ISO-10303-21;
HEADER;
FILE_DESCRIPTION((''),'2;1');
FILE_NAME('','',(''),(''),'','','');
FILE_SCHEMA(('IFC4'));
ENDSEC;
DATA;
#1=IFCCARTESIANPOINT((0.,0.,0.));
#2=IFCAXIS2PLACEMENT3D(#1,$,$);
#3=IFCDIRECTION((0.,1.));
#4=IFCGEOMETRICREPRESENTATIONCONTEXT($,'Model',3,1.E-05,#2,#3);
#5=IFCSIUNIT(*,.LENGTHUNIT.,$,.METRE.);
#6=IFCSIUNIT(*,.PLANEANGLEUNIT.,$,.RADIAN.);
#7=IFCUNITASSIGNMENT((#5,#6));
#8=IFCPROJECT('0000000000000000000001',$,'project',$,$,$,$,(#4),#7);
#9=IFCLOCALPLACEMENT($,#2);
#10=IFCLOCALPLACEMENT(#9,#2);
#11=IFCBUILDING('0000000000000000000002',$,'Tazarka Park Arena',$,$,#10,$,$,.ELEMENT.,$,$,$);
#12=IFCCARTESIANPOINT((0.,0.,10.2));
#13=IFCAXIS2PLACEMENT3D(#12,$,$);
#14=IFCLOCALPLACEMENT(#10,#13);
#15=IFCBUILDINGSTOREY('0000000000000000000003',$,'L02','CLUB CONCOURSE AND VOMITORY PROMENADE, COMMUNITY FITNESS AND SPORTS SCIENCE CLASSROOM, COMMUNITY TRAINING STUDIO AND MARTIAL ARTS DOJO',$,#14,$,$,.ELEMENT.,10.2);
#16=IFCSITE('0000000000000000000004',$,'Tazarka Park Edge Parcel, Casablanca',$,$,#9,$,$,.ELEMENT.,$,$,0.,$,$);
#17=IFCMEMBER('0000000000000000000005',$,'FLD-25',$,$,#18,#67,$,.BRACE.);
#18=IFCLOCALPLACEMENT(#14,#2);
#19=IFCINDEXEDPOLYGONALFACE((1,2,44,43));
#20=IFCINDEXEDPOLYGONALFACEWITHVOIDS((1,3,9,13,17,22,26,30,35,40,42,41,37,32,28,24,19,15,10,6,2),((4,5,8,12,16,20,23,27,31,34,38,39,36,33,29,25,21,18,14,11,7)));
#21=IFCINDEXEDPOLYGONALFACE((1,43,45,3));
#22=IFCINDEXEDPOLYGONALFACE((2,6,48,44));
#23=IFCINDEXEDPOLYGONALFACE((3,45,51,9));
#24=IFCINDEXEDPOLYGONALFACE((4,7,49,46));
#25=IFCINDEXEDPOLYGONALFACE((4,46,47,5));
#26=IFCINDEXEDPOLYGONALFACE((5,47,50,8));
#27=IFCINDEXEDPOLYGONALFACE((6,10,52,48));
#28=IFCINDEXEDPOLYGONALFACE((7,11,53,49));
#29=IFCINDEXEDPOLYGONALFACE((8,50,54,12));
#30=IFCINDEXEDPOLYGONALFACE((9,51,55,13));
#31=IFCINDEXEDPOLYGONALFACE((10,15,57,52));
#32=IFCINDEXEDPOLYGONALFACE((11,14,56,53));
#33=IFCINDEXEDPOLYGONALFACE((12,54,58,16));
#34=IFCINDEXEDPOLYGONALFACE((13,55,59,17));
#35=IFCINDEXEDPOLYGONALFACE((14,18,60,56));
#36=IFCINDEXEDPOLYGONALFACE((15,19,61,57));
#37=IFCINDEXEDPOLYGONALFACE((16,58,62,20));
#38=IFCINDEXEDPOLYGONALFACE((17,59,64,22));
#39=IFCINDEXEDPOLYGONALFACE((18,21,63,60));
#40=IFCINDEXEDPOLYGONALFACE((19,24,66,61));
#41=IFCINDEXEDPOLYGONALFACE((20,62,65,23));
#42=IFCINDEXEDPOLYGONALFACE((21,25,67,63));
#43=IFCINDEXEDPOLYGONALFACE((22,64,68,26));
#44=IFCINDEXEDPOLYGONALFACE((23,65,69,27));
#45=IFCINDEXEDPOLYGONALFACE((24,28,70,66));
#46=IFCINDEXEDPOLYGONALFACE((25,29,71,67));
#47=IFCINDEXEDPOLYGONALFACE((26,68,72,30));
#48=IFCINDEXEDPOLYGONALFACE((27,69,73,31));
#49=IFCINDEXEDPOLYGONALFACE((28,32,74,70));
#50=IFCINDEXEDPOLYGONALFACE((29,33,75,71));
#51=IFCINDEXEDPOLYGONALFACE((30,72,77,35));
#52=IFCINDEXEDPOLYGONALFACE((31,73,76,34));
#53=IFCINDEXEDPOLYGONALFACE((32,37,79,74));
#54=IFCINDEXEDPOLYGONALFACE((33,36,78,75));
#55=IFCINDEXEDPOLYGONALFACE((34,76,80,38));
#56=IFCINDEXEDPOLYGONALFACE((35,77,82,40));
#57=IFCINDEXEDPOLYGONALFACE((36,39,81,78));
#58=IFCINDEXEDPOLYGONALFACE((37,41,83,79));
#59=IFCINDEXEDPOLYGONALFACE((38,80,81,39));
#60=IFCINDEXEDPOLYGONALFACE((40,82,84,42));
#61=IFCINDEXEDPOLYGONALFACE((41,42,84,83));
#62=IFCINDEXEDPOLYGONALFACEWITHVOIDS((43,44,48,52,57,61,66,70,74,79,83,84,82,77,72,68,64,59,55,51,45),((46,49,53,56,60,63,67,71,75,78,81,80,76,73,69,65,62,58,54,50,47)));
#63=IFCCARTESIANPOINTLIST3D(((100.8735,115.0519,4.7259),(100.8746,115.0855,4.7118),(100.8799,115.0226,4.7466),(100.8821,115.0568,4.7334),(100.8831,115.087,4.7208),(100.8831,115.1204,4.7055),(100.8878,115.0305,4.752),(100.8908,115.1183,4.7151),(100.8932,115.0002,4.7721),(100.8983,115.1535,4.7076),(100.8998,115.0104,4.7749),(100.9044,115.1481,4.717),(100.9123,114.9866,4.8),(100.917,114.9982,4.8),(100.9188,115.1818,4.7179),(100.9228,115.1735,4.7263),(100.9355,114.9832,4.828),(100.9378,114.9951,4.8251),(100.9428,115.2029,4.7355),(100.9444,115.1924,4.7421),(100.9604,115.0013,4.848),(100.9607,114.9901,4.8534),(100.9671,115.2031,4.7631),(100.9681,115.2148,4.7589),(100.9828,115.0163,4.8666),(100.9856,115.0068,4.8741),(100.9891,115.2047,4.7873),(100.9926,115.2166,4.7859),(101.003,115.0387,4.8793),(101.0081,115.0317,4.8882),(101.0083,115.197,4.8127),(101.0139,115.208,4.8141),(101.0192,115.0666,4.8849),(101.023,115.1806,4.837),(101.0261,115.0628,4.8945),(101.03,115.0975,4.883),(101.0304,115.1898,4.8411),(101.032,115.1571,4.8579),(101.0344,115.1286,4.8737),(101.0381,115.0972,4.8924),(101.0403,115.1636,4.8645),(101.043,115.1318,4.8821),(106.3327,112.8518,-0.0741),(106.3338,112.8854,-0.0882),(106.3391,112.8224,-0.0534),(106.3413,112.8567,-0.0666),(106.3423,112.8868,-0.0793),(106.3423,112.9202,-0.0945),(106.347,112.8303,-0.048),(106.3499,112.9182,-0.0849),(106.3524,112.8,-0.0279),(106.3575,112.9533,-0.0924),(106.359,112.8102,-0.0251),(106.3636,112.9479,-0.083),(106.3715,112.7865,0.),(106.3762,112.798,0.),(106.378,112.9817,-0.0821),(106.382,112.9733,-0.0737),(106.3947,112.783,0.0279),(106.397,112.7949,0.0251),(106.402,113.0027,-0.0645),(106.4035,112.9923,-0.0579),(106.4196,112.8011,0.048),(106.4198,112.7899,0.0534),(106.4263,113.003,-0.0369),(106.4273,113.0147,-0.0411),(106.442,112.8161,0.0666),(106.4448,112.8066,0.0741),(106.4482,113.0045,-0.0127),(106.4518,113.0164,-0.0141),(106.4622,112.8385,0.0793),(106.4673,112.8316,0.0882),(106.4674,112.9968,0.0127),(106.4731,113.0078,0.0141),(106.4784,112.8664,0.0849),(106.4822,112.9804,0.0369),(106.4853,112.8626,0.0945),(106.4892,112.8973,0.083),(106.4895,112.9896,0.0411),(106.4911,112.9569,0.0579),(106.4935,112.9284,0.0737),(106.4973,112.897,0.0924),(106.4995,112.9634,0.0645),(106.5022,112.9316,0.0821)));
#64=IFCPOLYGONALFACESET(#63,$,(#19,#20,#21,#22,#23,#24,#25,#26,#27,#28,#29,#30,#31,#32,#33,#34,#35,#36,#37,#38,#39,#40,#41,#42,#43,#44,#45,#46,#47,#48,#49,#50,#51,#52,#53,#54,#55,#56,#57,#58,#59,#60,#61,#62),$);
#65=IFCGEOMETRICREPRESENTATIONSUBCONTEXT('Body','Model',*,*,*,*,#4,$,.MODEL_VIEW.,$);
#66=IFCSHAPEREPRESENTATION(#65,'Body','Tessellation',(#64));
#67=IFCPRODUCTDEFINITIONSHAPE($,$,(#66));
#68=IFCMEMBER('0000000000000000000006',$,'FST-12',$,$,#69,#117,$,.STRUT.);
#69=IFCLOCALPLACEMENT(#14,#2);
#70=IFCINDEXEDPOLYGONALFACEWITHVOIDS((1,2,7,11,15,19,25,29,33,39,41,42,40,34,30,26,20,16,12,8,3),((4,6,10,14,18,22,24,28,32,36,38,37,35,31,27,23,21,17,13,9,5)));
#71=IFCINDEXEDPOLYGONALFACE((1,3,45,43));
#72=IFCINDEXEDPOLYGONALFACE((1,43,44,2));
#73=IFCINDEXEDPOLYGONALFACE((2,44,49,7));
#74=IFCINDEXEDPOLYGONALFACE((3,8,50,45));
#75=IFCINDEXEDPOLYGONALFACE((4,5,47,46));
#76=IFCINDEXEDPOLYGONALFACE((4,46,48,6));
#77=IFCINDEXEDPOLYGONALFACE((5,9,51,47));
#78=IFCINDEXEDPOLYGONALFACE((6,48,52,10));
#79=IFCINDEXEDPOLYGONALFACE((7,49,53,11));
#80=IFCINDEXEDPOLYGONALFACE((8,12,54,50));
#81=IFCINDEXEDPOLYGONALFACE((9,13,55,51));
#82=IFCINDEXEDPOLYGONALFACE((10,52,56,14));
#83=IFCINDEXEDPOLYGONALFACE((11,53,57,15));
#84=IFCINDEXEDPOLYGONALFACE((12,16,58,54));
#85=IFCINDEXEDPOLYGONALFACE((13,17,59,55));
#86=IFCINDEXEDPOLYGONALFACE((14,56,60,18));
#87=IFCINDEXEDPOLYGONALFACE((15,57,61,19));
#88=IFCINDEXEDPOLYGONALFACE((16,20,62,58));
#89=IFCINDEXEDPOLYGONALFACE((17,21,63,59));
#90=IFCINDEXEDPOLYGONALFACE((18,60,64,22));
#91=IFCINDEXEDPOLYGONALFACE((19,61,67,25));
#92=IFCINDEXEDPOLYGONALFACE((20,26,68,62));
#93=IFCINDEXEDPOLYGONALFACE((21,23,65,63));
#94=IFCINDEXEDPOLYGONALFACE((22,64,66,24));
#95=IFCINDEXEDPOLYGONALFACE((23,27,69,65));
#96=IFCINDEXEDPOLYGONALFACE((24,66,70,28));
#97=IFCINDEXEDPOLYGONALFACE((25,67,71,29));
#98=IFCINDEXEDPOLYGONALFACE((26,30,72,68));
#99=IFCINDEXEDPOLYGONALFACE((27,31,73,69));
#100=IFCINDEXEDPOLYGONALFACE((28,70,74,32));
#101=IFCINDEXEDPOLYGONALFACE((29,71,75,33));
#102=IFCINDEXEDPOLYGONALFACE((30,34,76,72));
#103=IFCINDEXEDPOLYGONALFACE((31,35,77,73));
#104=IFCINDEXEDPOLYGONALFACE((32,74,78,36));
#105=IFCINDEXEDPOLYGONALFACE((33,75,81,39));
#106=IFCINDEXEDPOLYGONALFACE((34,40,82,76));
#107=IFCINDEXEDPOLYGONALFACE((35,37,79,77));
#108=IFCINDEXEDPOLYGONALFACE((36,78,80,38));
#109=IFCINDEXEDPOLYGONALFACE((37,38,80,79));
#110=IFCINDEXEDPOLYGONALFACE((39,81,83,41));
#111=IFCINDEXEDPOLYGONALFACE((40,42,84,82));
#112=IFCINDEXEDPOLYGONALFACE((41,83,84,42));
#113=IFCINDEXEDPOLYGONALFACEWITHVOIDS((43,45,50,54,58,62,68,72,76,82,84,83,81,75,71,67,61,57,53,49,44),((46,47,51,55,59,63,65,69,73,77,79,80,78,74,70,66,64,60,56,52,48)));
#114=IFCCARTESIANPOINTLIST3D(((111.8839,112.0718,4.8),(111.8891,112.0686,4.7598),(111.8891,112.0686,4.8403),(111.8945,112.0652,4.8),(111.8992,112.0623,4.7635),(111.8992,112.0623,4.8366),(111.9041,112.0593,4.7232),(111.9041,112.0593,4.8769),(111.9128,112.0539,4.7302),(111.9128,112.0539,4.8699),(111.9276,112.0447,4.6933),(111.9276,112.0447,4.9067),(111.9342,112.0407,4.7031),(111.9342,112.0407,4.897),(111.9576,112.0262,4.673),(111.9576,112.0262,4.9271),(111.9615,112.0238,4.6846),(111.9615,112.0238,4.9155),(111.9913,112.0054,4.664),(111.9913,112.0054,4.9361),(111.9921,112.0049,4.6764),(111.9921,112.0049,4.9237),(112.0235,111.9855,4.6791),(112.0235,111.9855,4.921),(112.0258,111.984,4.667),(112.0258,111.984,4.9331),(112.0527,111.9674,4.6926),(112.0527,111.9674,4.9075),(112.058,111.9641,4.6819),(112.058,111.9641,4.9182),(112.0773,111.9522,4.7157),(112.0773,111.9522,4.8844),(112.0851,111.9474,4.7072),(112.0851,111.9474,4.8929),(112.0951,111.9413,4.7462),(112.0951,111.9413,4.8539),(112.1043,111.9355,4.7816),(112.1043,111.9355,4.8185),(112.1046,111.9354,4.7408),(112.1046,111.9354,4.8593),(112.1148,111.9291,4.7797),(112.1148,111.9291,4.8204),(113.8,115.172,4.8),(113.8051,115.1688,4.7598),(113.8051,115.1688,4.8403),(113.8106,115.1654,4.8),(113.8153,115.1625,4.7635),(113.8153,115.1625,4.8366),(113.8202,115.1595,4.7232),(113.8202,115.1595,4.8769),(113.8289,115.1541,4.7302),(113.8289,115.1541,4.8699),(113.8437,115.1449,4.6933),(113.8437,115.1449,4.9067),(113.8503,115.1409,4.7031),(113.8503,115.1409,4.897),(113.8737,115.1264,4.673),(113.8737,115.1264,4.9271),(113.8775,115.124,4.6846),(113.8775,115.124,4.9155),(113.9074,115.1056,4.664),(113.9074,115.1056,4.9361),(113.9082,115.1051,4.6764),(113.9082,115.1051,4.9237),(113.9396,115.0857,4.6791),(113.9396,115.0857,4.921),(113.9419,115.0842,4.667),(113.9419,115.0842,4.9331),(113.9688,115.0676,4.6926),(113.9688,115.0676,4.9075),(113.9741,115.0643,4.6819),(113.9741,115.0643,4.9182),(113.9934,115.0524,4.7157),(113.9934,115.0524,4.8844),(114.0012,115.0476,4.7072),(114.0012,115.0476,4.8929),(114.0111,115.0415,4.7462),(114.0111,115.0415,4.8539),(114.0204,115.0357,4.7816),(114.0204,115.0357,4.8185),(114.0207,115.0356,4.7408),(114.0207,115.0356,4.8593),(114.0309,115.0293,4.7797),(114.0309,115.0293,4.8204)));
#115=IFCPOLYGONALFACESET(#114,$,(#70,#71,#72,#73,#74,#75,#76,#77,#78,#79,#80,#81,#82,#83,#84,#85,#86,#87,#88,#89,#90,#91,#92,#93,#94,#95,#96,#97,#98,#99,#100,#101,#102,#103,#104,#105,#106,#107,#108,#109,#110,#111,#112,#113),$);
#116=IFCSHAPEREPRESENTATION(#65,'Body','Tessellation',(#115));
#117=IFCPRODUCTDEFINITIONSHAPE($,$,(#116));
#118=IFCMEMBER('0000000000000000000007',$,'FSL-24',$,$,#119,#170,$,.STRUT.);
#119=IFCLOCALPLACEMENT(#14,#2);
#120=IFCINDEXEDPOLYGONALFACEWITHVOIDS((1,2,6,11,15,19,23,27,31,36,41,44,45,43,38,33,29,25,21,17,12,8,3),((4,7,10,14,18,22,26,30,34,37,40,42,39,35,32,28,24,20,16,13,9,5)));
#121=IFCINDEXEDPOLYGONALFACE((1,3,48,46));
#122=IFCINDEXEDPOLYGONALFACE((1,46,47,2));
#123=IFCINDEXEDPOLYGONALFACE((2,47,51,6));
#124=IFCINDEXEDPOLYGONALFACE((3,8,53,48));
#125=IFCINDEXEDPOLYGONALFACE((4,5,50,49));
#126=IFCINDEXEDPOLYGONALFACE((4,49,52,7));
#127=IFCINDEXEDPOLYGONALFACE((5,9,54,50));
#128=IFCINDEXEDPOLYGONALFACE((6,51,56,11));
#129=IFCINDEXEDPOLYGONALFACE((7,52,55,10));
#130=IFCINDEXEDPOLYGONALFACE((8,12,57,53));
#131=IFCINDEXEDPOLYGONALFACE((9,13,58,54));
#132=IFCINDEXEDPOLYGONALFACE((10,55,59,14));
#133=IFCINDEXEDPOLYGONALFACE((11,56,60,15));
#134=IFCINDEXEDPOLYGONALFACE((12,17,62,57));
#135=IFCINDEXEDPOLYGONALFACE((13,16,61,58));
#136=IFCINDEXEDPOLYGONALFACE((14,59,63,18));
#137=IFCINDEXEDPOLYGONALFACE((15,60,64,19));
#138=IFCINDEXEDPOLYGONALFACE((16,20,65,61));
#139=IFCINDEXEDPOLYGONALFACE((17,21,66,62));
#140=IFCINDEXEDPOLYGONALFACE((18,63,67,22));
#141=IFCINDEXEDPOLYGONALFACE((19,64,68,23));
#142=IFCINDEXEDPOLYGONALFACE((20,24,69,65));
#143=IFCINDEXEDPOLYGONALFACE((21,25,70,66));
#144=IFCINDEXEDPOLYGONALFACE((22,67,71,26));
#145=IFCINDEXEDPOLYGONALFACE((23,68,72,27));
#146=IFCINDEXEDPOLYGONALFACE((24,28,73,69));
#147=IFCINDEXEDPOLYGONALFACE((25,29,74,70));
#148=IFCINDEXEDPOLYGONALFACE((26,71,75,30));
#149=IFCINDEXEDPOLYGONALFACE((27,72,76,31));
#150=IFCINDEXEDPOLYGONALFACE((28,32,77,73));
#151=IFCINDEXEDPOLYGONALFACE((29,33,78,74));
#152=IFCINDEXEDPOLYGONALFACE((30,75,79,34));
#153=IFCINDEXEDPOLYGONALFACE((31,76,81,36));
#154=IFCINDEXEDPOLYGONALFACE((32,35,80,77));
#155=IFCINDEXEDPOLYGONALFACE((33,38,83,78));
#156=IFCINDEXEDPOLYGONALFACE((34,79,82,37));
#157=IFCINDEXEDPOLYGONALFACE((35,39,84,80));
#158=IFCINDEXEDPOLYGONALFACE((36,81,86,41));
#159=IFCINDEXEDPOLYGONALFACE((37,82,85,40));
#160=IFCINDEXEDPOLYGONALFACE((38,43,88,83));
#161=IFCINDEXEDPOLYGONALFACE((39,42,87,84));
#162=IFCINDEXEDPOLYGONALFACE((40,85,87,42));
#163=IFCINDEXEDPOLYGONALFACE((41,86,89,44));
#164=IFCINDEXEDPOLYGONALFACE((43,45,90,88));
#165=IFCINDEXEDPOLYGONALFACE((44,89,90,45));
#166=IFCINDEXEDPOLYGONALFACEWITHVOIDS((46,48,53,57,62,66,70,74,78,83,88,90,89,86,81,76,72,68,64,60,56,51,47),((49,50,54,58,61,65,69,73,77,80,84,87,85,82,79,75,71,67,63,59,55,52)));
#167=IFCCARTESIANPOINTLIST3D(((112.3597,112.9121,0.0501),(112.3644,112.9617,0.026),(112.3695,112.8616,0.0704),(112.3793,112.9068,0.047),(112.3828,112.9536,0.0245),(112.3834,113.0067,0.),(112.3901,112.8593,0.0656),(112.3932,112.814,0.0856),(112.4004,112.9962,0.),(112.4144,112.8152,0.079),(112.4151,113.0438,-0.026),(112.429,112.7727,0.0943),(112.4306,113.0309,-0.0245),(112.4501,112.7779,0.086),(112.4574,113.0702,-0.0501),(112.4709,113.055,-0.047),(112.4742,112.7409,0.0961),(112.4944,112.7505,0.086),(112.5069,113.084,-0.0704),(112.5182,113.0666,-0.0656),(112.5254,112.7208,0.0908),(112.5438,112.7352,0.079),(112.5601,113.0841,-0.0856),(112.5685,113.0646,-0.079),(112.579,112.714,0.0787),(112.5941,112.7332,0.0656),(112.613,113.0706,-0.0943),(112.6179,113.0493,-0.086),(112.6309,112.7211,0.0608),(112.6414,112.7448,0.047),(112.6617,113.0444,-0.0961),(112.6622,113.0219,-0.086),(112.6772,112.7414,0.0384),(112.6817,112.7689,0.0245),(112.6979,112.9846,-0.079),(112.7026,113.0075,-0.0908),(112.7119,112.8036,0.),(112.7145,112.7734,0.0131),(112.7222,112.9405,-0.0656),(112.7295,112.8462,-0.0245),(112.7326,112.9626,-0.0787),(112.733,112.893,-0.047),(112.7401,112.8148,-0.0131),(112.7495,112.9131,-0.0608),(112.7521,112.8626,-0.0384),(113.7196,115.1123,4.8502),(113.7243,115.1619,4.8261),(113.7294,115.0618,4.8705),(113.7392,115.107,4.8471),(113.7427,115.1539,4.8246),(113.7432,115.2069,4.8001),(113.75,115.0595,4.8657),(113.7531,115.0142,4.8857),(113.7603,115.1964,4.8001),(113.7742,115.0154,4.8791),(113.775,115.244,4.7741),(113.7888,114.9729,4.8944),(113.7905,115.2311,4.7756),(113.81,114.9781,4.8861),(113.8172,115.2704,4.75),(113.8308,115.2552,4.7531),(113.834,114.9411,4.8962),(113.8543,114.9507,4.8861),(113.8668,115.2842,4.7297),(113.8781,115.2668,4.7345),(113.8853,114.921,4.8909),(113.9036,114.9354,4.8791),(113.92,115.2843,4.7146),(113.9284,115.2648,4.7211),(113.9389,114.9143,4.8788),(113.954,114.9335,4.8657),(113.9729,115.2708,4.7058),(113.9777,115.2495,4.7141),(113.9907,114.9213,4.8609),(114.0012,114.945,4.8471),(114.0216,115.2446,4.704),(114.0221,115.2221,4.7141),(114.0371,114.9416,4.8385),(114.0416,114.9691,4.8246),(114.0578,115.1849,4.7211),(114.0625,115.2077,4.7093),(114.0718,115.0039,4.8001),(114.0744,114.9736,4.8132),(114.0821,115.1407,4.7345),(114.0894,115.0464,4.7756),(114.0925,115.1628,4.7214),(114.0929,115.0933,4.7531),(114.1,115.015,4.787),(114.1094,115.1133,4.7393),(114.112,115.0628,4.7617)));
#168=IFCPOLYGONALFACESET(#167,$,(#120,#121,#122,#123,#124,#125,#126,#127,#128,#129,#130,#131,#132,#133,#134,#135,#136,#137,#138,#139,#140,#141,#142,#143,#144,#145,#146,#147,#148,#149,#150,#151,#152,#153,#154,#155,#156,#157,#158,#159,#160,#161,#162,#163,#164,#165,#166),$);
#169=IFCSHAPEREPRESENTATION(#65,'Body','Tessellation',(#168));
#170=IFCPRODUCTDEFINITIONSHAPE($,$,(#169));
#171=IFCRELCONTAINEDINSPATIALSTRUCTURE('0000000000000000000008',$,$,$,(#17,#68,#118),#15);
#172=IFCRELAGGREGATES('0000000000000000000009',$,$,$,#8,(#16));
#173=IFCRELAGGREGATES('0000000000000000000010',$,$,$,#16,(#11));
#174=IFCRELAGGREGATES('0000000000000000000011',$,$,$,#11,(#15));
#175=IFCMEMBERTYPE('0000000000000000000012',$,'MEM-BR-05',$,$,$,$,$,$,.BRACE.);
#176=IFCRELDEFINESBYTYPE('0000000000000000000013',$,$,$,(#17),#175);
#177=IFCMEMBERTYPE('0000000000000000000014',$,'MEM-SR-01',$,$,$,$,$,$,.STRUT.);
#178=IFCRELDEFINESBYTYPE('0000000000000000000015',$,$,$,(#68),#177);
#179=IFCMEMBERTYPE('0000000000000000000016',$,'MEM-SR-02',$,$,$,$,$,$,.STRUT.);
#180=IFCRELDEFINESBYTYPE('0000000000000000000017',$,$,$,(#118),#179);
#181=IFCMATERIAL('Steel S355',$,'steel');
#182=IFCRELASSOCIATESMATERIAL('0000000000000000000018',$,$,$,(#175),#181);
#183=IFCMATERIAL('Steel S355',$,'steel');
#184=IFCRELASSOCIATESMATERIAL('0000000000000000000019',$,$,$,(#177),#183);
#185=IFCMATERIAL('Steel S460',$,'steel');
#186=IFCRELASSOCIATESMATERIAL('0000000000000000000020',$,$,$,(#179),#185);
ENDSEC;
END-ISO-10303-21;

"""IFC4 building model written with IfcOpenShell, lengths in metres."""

from ifc_helpers import new_model, si_unit, direction, frame, origin, origin_2d, place, context, subcontext, project, spatial, hollow_circle, extrude, material, material_profile, profile_set, type_object, element, save


model = new_model("IFC4")

# Units and contexts
model_context = context("Model", 3, precision=1e-05, world=origin(), true_north=direction((0.0, 1.0)))
body_context = subcontext(model_context, "Body", "Model", "MODEL_VIEW")
ifc_project = project(units=[si_unit("LENGTHUNIT", "METRE"), si_unit("PLANEANGLEUNIT", "RADIAN")], contexts=[model_context])

# Site, building, storey
site_placement = place(None, origin())
site = spatial("IfcSite", under=ifc_project, at=site_placement, Name="Tazarka Park Edge Parcel, Casablanca", CompositionType="ELEMENT", RefElevation=0.0)
building_placement = place(site_placement, origin())
building = spatial("IfcBuilding", under=site, at=building_placement, Name="Tazarka Park Arena", CompositionType="ELEMENT")
storey_placement = place(building_placement, frame((0.0, 0.0, 10.2)))
storey = spatial("IfcBuildingStorey", under=building, at=storey_placement, Name="L02", Description="CLUB CONCOURSE AND VOMITORY PROMENADE, COMMUNITY FITNESS AND SPORTS SCIENCE CLASSROOM, COMMUNITY TRAINING STUDIO AND MARTIAL ARTS DOJO", CompositionType="ELEMENT", Elevation=10.2)

# Members
ifc_material_1 = material(Name="Steel S355", Category="steel")
ifc_material_profile_1 = material_profile(ifc_material_1, hollow_circle(Radius=0.1223, WallThickness=0.0125, at=origin_2d()), Name="Steel S355")
ifc_profile_set_1 = profile_set([ifc_material_profile_1], Name="Steel S355")
member_type_1 = type_object("IfcMemberType", Name="MEM-BR-05", PredefinedType="BRACE", material=ifc_profile_set_1)
member_1_placement = place(storey_placement, frame((106.4172, 112.8999, 0.0), z_axis=(-0.718789, 0.289689, 0.631999), x_axis=(-0.373807, -0.927507, 0.0)))
element("IfcMember", 1, at=member_1_placement, inside=storey, type_object=member_type_1, Name="FLD-25", PredefinedType="BRACE", context=body_context, shape_type="SweptSolid", body=[
    extrude(hollow_circle(Radius=0.1223, WallThickness=0.0125, at=origin_2d()), origin(), (0.0, 0.0, 1.0), 7.595),
])
ifc_material_2 = material(Name="Steel S355", Category="steel")
ifc_material_profile_2 = material_profile(ifc_material_2, hollow_circle(Radius=0.1365, WallThickness=0.0125, at=origin_2d()), Name="Steel S355")
ifc_profile_set_2 = profile_set([ifc_material_profile_2], Name="Steel S355")
member_type_2 = type_object("IfcMemberType", Name="MEM-SR-01", PredefinedType="STRUT", material=ifc_profile_set_2)
member_2_placement = place(storey_placement, frame((112.0, 112.0, 4.8), z_axis=(0.525741, 0.850645, 0.0), x_axis=(-0.850645, 0.525741, 0.0)))
element("IfcMember", 2, at=member_2_placement, inside=storey, type_object=member_type_2, Name="FST-12", PredefinedType="STRUT", context=body_context, shape_type="SweptSolid", body=[
    extrude(hollow_circle(Radius=0.1365, WallThickness=0.0125, at=origin_2d()), origin(), (0.0, 0.0, 1.0), 3.6445),
])
ifc_material_3 = material(Name="Steel S460", Category="steel")
ifc_material_profile_3 = material_profile(ifc_material_3, hollow_circle(Radius=0.2031, WallThickness=0.02, at=origin_2d()), Name="Steel S460")
ifc_profile_set_3 = profile_set([ifc_material_profile_3], Name="Steel S460")
member_type_3 = type_object("IfcMemberType", Name="MEM-SR-02", PredefinedType="STRUT", material=ifc_profile_set_3)
member_3_placement = place(storey_placement, frame((112.5562, 112.8999, 0.0), z_axis=(0.249398, 0.403515, 0.880327), x_axis=(-0.850639, 0.52575, 0.0)))
element("IfcMember", 3, at=member_3_placement, inside=storey, type_object=member_type_3, Name="FSL-24", PredefinedType="STRUT", context=body_context, shape_type="SweptSolid", body=[
    extrude(hollow_circle(Radius=0.2031, WallThickness=0.02, at=origin_2d()), origin(), (0.0, 0.0, 1.0), 5.4526),
])

save(model, "model.ifc")
